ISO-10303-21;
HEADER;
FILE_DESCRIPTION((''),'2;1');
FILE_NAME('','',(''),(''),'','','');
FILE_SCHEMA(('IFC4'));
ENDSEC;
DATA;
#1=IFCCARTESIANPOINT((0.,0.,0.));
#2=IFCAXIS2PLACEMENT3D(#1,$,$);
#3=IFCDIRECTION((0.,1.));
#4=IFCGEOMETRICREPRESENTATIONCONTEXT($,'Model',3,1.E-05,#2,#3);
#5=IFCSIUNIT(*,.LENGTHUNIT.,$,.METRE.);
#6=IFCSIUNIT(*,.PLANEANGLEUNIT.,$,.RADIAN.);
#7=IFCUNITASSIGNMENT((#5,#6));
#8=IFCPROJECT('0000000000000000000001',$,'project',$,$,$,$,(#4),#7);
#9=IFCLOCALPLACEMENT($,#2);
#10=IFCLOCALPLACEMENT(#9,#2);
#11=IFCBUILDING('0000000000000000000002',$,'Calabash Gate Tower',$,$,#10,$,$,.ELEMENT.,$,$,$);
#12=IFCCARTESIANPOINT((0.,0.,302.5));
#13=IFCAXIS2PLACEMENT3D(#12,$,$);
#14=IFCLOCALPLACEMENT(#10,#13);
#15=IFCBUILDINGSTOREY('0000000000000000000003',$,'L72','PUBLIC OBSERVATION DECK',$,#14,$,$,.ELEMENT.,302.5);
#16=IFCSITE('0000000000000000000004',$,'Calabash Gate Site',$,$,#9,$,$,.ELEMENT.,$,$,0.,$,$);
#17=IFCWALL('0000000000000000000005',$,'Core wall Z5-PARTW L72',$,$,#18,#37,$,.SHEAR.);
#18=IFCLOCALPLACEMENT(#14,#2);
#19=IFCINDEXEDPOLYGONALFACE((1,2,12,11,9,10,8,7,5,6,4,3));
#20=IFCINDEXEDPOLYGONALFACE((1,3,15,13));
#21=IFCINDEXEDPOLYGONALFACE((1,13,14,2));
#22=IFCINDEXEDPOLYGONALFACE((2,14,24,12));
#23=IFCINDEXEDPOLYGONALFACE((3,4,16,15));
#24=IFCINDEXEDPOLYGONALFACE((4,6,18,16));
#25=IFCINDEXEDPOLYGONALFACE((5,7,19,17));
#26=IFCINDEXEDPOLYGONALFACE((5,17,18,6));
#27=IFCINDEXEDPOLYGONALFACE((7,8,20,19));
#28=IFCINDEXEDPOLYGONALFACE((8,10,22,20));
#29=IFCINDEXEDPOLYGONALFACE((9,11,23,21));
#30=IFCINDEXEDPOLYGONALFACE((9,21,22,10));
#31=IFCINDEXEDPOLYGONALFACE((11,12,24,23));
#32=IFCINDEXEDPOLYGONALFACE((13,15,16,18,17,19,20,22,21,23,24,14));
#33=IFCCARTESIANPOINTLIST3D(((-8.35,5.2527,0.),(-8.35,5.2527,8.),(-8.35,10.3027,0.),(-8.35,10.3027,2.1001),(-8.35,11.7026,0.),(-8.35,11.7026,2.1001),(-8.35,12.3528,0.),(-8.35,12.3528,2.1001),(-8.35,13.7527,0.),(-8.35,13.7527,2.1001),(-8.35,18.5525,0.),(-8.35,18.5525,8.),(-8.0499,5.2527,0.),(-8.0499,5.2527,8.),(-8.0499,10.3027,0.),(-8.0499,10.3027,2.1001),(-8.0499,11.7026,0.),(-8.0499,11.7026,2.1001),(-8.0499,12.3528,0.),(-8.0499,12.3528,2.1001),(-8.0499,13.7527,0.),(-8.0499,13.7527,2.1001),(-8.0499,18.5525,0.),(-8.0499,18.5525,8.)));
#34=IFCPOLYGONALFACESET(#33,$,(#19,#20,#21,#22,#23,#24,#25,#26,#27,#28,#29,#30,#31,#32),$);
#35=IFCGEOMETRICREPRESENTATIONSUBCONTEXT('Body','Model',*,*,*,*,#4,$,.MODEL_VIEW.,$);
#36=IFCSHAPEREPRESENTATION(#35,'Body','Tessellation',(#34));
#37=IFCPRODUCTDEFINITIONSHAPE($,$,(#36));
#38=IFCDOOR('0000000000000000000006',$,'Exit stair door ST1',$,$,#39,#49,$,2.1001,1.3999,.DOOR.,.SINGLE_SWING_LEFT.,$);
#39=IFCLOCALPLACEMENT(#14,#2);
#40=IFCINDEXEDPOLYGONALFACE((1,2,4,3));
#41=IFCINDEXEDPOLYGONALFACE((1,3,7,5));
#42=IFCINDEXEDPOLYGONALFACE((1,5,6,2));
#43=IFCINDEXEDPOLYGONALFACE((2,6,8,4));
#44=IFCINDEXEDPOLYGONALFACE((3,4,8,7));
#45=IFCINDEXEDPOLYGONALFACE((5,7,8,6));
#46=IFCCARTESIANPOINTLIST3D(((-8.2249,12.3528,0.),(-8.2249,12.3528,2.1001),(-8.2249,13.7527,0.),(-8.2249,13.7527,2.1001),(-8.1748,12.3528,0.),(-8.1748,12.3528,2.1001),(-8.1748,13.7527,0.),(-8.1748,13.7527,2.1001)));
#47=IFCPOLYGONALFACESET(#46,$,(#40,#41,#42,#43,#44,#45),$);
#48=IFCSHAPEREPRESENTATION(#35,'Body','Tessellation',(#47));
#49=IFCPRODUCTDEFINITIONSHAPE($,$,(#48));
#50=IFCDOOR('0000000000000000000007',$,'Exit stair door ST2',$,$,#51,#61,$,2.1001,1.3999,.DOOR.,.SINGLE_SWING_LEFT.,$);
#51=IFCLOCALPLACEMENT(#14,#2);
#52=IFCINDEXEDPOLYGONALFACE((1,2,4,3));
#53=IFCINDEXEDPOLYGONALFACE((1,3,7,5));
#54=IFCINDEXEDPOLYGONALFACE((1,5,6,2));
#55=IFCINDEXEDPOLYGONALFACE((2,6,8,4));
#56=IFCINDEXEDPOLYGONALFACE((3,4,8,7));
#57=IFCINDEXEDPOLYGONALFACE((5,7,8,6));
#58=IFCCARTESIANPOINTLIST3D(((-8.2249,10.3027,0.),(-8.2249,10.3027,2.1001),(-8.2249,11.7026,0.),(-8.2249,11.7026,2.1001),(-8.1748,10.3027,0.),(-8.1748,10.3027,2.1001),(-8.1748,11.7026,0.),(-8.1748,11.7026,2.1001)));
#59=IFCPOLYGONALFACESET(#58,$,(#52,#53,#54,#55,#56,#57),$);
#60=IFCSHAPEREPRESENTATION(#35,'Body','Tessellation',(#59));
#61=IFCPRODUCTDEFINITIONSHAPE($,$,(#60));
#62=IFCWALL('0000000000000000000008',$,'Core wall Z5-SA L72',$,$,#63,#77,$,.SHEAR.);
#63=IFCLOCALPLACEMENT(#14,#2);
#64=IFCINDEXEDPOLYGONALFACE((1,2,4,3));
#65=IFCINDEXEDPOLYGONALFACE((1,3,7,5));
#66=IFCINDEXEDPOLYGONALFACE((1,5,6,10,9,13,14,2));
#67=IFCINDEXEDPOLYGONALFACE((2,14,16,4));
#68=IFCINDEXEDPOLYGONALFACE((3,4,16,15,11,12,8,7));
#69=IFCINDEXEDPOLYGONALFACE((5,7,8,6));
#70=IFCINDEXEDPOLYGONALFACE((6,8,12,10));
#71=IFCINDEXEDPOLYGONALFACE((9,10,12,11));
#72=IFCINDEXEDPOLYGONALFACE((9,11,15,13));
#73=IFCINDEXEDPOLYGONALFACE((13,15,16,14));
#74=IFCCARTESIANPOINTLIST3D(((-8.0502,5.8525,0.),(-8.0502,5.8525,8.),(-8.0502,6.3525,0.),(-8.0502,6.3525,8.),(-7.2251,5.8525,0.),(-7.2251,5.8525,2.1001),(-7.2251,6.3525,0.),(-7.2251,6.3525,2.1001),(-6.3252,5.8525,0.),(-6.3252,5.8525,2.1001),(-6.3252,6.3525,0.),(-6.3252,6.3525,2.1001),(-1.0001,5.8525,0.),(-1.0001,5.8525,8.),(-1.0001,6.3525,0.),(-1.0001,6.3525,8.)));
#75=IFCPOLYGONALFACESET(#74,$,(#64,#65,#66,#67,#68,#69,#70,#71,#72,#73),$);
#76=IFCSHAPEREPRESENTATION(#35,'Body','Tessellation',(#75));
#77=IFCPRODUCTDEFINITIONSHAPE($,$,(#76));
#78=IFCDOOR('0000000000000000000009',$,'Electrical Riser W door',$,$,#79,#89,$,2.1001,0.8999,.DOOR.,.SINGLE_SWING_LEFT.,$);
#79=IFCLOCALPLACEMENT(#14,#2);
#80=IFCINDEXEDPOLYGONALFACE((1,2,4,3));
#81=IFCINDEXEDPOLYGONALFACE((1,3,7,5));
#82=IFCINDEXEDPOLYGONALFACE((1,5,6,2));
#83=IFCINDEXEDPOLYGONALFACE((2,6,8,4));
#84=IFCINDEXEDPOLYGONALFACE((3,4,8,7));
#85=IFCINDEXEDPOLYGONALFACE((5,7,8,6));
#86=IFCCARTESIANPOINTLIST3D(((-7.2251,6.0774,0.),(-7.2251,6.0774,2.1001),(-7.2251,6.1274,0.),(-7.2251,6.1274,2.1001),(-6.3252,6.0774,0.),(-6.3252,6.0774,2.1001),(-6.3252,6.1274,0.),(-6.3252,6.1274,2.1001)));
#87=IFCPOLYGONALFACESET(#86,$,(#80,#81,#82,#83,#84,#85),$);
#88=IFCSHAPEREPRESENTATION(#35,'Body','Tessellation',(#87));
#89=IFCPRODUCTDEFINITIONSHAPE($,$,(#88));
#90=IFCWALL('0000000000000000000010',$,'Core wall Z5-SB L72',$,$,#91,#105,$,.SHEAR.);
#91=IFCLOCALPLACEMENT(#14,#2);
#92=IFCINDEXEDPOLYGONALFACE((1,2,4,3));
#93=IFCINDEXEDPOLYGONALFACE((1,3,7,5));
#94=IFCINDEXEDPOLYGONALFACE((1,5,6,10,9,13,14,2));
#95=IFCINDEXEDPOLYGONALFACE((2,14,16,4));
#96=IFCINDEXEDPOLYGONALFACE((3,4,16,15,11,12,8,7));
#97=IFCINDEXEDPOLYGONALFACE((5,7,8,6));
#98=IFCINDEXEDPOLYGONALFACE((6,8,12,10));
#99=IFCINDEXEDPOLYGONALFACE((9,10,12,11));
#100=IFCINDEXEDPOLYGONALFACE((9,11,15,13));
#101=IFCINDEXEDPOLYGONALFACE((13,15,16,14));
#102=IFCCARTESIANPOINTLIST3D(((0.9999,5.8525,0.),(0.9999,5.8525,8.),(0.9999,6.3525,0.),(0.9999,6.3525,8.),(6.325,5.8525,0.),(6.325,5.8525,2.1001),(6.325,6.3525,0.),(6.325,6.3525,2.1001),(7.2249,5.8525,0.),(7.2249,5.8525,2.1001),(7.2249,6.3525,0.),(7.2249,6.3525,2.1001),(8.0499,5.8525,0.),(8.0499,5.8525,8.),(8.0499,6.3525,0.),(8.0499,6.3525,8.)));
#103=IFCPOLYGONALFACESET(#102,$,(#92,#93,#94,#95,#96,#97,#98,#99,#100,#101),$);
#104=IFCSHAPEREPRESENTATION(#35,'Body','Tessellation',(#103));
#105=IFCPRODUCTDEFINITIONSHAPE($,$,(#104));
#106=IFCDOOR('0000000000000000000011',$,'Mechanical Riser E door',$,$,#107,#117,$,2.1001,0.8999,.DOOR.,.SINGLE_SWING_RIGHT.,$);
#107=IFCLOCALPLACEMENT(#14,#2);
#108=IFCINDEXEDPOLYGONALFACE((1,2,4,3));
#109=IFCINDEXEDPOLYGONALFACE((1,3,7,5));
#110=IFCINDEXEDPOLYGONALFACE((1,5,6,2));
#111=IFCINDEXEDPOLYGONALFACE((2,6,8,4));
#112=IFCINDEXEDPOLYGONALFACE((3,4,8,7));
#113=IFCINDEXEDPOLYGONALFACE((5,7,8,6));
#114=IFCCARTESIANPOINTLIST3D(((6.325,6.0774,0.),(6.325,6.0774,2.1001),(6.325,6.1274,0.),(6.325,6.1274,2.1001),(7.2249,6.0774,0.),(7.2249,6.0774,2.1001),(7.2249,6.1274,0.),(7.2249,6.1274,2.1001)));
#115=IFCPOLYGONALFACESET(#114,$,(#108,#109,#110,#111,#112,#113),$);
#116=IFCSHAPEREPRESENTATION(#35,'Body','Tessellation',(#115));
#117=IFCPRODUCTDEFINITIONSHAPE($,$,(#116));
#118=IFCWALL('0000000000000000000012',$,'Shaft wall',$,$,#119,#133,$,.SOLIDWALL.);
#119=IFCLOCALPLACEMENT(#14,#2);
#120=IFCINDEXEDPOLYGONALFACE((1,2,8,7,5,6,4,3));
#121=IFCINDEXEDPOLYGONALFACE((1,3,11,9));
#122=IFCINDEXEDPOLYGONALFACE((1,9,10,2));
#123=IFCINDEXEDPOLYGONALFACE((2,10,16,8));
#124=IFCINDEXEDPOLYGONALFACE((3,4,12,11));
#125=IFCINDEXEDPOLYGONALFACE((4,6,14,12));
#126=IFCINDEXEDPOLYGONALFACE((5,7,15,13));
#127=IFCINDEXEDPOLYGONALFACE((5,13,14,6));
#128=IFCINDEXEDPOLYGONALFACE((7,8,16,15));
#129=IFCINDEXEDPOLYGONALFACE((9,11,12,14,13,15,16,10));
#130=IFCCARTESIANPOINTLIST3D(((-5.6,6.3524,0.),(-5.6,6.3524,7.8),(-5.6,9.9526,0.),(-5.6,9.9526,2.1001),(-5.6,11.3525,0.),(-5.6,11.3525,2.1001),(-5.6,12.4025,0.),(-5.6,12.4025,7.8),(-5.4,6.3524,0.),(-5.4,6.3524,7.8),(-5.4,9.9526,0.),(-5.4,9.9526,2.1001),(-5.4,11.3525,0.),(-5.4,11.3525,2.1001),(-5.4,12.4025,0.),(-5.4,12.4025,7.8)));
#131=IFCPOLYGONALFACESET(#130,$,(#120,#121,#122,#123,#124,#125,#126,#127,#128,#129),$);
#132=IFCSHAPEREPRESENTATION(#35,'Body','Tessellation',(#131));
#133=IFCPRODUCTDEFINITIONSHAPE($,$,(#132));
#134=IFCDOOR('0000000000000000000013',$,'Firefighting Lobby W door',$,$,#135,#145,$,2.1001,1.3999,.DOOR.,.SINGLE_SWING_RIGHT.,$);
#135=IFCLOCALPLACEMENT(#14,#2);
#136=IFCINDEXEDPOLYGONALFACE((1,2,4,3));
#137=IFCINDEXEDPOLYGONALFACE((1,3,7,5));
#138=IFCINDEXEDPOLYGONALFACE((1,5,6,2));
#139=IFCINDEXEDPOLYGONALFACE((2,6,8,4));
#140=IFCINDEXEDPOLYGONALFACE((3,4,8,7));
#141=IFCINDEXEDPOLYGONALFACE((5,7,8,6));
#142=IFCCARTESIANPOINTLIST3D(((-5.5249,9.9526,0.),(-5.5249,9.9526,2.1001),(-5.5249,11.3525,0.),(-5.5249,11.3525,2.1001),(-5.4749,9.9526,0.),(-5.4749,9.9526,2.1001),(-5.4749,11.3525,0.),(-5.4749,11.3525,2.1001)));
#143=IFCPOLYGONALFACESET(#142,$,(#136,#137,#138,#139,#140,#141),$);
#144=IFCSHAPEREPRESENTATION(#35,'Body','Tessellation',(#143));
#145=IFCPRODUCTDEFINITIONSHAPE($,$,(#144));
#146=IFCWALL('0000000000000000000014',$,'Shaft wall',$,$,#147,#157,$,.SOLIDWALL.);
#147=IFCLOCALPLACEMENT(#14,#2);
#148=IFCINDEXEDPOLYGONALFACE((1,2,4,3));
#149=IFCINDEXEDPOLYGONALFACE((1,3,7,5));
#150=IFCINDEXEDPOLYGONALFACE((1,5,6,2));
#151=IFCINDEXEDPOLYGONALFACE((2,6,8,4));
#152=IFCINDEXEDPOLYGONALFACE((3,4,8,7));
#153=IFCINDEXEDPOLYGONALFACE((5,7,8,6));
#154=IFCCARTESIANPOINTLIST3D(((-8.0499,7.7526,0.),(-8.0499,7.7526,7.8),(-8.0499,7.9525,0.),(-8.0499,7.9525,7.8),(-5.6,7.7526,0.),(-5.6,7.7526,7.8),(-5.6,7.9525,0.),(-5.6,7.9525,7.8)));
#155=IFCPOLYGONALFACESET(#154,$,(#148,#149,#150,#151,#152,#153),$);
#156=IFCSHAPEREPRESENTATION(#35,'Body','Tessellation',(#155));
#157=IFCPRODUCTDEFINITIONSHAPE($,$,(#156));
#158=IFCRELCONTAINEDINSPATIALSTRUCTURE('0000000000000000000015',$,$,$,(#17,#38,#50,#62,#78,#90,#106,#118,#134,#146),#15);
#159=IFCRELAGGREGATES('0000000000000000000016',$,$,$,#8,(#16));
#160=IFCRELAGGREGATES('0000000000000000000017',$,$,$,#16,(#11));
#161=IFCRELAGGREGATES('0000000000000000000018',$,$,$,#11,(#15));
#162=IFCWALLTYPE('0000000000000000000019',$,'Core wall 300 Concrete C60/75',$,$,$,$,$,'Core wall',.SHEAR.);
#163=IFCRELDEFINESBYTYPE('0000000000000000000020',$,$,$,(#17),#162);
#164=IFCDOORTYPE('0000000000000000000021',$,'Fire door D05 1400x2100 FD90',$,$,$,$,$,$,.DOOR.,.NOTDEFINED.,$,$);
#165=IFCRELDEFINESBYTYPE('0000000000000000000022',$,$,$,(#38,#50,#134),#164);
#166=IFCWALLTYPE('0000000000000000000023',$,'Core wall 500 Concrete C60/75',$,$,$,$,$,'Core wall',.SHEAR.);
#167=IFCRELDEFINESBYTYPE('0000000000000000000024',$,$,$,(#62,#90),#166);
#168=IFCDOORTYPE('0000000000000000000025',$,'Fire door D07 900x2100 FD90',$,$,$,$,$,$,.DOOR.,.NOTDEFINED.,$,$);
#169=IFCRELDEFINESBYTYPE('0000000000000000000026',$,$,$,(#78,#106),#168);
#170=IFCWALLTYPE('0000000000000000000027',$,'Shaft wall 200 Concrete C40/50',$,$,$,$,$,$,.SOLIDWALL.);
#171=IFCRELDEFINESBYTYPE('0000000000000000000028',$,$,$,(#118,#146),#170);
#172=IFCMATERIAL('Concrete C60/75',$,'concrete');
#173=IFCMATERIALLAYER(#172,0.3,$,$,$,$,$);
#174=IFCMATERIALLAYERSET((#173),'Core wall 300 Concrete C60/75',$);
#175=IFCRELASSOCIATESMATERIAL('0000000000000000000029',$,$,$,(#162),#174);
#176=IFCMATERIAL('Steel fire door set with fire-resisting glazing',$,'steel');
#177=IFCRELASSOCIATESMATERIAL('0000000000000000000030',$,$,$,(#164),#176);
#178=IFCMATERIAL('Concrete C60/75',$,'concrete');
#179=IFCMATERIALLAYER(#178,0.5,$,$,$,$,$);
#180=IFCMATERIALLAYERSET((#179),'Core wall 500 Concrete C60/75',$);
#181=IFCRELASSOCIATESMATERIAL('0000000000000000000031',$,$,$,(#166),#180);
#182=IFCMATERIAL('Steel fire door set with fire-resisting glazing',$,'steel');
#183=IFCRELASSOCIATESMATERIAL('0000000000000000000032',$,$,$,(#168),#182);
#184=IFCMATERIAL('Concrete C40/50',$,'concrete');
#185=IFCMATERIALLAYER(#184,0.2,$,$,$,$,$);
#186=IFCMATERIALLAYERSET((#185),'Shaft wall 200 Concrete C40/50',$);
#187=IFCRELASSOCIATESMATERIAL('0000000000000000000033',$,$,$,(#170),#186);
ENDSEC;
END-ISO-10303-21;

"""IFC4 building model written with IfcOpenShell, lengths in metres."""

from ifc_helpers import new_model, si_unit, direction, frame, frame_2d, origin, place, context, subcontext, project, spatial, rectangle, extrude, material, layer, layer_set, type_object, element, fill, save


model = new_model("IFC4")

# Units and contexts
model_context = context("Model", 3, precision=1e-05, world=origin(), true_north=direction((0.0, 1.0)))
body_context = subcontext(model_context, "Body", "Model", "MODEL_VIEW")
ifc_project = project(units=[si_unit("LENGTHUNIT", "METRE"), si_unit("PLANEANGLEUNIT", "RADIAN")], contexts=[model_context])

# Site, building, storey
site_placement = place(None, origin())
site = spatial("IfcSite", under=ifc_project, at=site_placement, Name="Calabash Gate Site", CompositionType="ELEMENT", RefElevation=0.0)
building_placement = place(site_placement, origin())
building = spatial("IfcBuilding", under=site, at=building_placement, Name="Calabash Gate Tower", CompositionType="ELEMENT")
storey_placement = place(building_placement, frame((0.0, 0.0, 302.5)))
storey = spatial("IfcBuildingStorey", under=building, at=storey_placement, Name="L72", Description="PUBLIC OBSERVATION DECK", CompositionType="ELEMENT", Elevation=302.5)

# Wall, openings, doors
ifc_material_1 = material(Name="Concrete C60/75", Category="concrete")
ifc_layer_1 = layer(ifc_material_1, 0.3)
ifc_layer_set_1 = layer_set([ifc_layer_1], Name="Core wall 300 Concrete C60/75")
wall_type_1 = type_object("IfcWallType", Name="Core wall 300 Concrete C60/75", ElementType="Core wall", PredefinedType="SHEAR", material=ifc_layer_set_1)
wall_1_placement = place(storey_placement, frame((-8.2, 5.2527, 0.0), z_axis=(0.0, 0.0, 1.0), x_axis=(0.0, 1.0, 0.0)))
wall_1 = element("IfcWall", 1, at=wall_1_placement, inside=storey, type_object=wall_type_1, Name="Core wall Z5-PARTW L72", PredefinedType="SHEAR", context=body_context, shape_type="SweptSolid", body=[
    extrude(rectangle(XDim=13.2998, YDim=0.3, at=frame_2d((6.6499, 0.0))), origin(), (0.0, 0.0, 1.0), 8.0),
])
opening_1_placement = place(wall_1_placement, frame((7.1001, 0.0, 0.0)))
opening_1 = element("IfcOpeningElement", 2, at=opening_1_placement, cuts=wall_1, PredefinedType="OPENING", context=body_context, shape_type="SweptSolid", body=[
    extrude(rectangle(XDim=1.3999, YDim=2.1001, at=frame_2d((0.7, 1.05))), frame((0.0, 0.1599, 0.0), z_axis=(0.0, -1.0, 0.0), x_axis=(1.0, 0.0, 0.0)), (0.0, 0.0, 1.0), 0.3201),
])
opening_2_placement = place(wall_1_placement, frame((5.05, 0.0, 0.0)))
opening_2 = element("IfcOpeningElement", 3, at=opening_2_placement, cuts=wall_1, PredefinedType="OPENING", context=body_context, shape_type="SweptSolid", body=[
    extrude(rectangle(XDim=1.3999, YDim=2.1001, at=frame_2d((0.7, 1.05))), frame((0.0, 0.1599, 0.0), z_axis=(0.0, -1.0, 0.0), x_axis=(1.0, 0.0, 0.0)), (0.0, 0.0, 1.0), 0.3201),
])
ifc_material_2 = material(Name="Steel fire door set with fire-resisting glazing", Category="steel")
door_type_1 = type_object("IfcDoorType", Name="Fire door D05 1400x2100 FD90", OperationType="NOTDEFINED", PredefinedType="DOOR", material=ifc_material_2)
door_1_placement = place(opening_1_placement, origin())
door_1 = element("IfcDoor", 4, at=door_1_placement, inside=storey, type_object=door_type_1, Name="Exit stair door ST1", OperationType="SINGLE_SWING_LEFT", OverallHeight=2.1001, OverallWidth=1.3999, PredefinedType="DOOR", context=body_context, shape_type="SweptSolid", body=[
    extrude(rectangle(XDim=1.3999, YDim=2.1001, at=frame_2d((0.7, 1.05))), frame((0.0, 0.0249, 0.0), z_axis=(0.0, -1.0, 0.0), x_axis=(1.0, 0.0, 0.0)), (0.0, 0.0, 1.0), 0.05),
])
fill(opening_1, door_1)
door_2_placement = place(opening_2_placement, origin())
door_2 = element("IfcDoor", 5, at=door_2_placement, inside=storey, type_object=door_type_1, Name="Exit stair door ST2", OperationType="SINGLE_SWING_LEFT", OverallHeight=2.1001, OverallWidth=1.3999, PredefinedType="DOOR", context=body_context, shape_type="SweptSolid", body=[
    extrude(rectangle(XDim=1.3999, YDim=2.1001, at=frame_2d((0.7, 1.05))), frame((0.0, 0.0249, 0.0), z_axis=(0.0, -1.0, 0.0), x_axis=(1.0, 0.0, 0.0)), (0.0, 0.0, 1.0), 0.05),
])
fill(opening_2, door_2)

# Walls, openings, doors
ifc_material_3 = material(Name="Concrete C60/75", Category="concrete")
ifc_layer_2 = layer(ifc_material_3, 0.5)
ifc_layer_set_2 = layer_set([ifc_layer_2], Name="Core wall 500 Concrete C60/75")
wall_type_2 = type_object("IfcWallType", Name="Core wall 500 Concrete C60/75", ElementType="Core wall", PredefinedType="SHEAR", material=ifc_layer_set_2)
wall_2_placement = place(storey_placement, frame((-8.05, 6.1025, 0.0), z_axis=(0.0, 0.0, 1.0), x_axis=(1.0, 0.0, 0.0)))
wall_2 = element("IfcWall", 6, at=wall_2_placement, inside=storey, type_object=wall_type_2, Name="Core wall Z5-SA L72", PredefinedType="SHEAR", context=body_context, shape_type="SweptSolid", body=[
    extrude(rectangle(XDim=7.05, YDim=0.5, at=frame_2d((3.5249, 0.0))), origin(), (0.0, 0.0, 1.0), 8.0),
])
opening_3_placement = place(wall_2_placement, frame((0.825, 0.0, 0.0)))
opening_3 = element("IfcOpeningElement", 7, at=opening_3_placement, cuts=wall_2, PredefinedType="OPENING", context=body_context, shape_type="SweptSolid", body=[
    extrude(rectangle(XDim=0.8999, YDim=2.1001, at=frame_2d((0.45, 1.05))), frame((0.0, 0.26, 0.0), z_axis=(0.0, -1.0, 0.0), x_axis=(1.0, 0.0, 0.0)), (0.0, 0.0, 1.0), 0.52),
])
ifc_material_4 = material(Name="Steel fire door set with fire-resisting glazing", Category="steel")
door_type_2 = type_object("IfcDoorType", Name="Fire door D07 900x2100 FD90", OperationType="NOTDEFINED", PredefinedType="DOOR", material=ifc_material_4)
door_3_placement = place(opening_3_placement, origin())
door_3 = element("IfcDoor", 8, at=door_3_placement, inside=storey, type_object=door_type_2, Name="Electrical Riser W door", OperationType="SINGLE_SWING_LEFT", OverallHeight=2.1001, OverallWidth=0.8999, PredefinedType="DOOR", context=body_context, shape_type="SweptSolid", body=[
    extrude(rectangle(XDim=0.8999, YDim=2.1001, at=frame_2d((0.45, 1.05))), frame((0.0, 0.0249, 0.0), z_axis=(0.0, -1.0, 0.0), x_axis=(1.0, 0.0, 0.0)), (0.0, 0.0, 1.0), 0.05),
])
fill(opening_3, door_3)
wall_3_placement = place(storey_placement, frame((1.0, 6.1025, 0.0), z_axis=(0.0, 0.0, 1.0), x_axis=(1.0, 0.0, 0.0)))
wall_3 = element("IfcWall", 9, at=wall_3_placement, inside=storey, type_object=wall_type_2, Name="Core wall Z5-SB L72", PredefinedType="SHEAR", context=body_context, shape_type="SweptSolid", body=[
    extrude(rectangle(XDim=7.05, YDim=0.5, at=frame_2d((3.5249, 0.0))), origin(), (0.0, 0.0, 1.0), 8.0),
])
opening_4_placement = place(wall_3_placement, frame((5.325, 0.0, 0.0)))
opening_4 = element("IfcOpeningElement", 10, at=opening_4_placement, cuts=wall_3, PredefinedType="OPENING", context=body_context, shape_type="SweptSolid", body=[
    extrude(rectangle(XDim=0.8999, YDim=2.1001, at=frame_2d((0.45, 1.05))), frame((0.0, 0.26, 0.0), z_axis=(0.0, -1.0, 0.0), x_axis=(1.0, 0.0, 0.0)), (0.0, 0.0, 1.0), 0.52),
])
door_4_placement = place(opening_4_placement, origin())
door_4 = element("IfcDoor", 11, at=door_4_placement, inside=storey, type_object=door_type_2, Name="Mechanical Riser E door", OperationType="SINGLE_SWING_RIGHT", OverallHeight=2.1001, OverallWidth=0.8999, PredefinedType="DOOR", context=body_context, shape_type="SweptSolid", body=[
    extrude(rectangle(XDim=0.8999, YDim=2.1001, at=frame_2d((0.45, 1.05))), frame((0.0, 0.0249, 0.0), z_axis=(0.0, -1.0, 0.0), x_axis=(1.0, 0.0, 0.0)), (0.0, 0.0, 1.0), 0.05),
])
fill(opening_4, door_4)
ifc_material_5 = material(Name="Concrete C40/50", Category="concrete")
ifc_layer_3 = layer(ifc_material_5, 0.2)
ifc_layer_set_3 = layer_set([ifc_layer_3], Name="Shaft wall 200 Concrete C40/50")
wall_type_3 = type_object("IfcWallType", Name="Shaft wall 200 Concrete C40/50", PredefinedType="SOLIDWALL", material=ifc_layer_set_3)
wall_4_placement = place(storey_placement, frame((-5.5, 6.3525, 0.0), z_axis=(0.0, 0.0, 1.0), x_axis=(0.0, 1.0, 0.0)))
wall_4 = element("IfcWall", 12, at=wall_4_placement, inside=storey, type_object=wall_type_3, Name="Shaft wall", PredefinedType="SOLIDWALL", context=body_context, shape_type="SweptSolid", body=[
    extrude(rectangle(XDim=6.05, YDim=0.2, at=frame_2d((3.0249, 0.0))), origin(), (0.0, 0.0, 1.0), 7.8),
])
opening_5_placement = place(wall_4_placement, frame((3.6001, 0.0, 0.0)))
opening_5 = element("IfcOpeningElement", 13, at=opening_5_placement, cuts=wall_4, PredefinedType="OPENING", context=body_context, shape_type="SweptSolid", body=[
    extrude(rectangle(XDim=1.3999, YDim=2.1001, at=frame_2d((0.7, 1.05))), frame((0.0, 0.1099, 0.0), z_axis=(0.0, -1.0, 0.0), x_axis=(1.0, 0.0, 0.0)), (0.0, 0.0, 1.0), 0.22),
])
door_5_placement = place(opening_5_placement, origin())
door_5 = element("IfcDoor", 14, at=door_5_placement, inside=storey, type_object=door_type_1, Name="Firefighting Lobby W door", OperationType="SINGLE_SWING_RIGHT", OverallHeight=2.1001, OverallWidth=1.3999, PredefinedType="DOOR", context=body_context, shape_type="SweptSolid", body=[
    extrude(rectangle(XDim=1.3999, YDim=2.1001, at=frame_2d((0.7, 1.05))), frame((0.0, 0.0249, 0.0), z_axis=(0.0, -1.0, 0.0), x_axis=(1.0, 0.0, 0.0)), (0.0, 0.0, 1.0), 0.05),
])
fill(opening_5, door_5)

# Wall
wall_5_placement = place(storey_placement, frame((-8.05, 7.8525, 0.0), z_axis=(0.0, 0.0, 1.0), x_axis=(1.0, 0.0, 0.0)))
element("IfcWall", 15, at=wall_5_placement, inside=storey, type_object=wall_type_3, Name="Shaft wall", PredefinedType="SOLIDWALL", context=body_context, shape_type="SweptSolid", body=[
    extrude(rectangle(XDim=2.45, YDim=0.2, at=frame_2d((1.2251, 0.0))), origin(), (0.0, 0.0, 1.0), 7.8),
])

save(model, "model.ifc")
